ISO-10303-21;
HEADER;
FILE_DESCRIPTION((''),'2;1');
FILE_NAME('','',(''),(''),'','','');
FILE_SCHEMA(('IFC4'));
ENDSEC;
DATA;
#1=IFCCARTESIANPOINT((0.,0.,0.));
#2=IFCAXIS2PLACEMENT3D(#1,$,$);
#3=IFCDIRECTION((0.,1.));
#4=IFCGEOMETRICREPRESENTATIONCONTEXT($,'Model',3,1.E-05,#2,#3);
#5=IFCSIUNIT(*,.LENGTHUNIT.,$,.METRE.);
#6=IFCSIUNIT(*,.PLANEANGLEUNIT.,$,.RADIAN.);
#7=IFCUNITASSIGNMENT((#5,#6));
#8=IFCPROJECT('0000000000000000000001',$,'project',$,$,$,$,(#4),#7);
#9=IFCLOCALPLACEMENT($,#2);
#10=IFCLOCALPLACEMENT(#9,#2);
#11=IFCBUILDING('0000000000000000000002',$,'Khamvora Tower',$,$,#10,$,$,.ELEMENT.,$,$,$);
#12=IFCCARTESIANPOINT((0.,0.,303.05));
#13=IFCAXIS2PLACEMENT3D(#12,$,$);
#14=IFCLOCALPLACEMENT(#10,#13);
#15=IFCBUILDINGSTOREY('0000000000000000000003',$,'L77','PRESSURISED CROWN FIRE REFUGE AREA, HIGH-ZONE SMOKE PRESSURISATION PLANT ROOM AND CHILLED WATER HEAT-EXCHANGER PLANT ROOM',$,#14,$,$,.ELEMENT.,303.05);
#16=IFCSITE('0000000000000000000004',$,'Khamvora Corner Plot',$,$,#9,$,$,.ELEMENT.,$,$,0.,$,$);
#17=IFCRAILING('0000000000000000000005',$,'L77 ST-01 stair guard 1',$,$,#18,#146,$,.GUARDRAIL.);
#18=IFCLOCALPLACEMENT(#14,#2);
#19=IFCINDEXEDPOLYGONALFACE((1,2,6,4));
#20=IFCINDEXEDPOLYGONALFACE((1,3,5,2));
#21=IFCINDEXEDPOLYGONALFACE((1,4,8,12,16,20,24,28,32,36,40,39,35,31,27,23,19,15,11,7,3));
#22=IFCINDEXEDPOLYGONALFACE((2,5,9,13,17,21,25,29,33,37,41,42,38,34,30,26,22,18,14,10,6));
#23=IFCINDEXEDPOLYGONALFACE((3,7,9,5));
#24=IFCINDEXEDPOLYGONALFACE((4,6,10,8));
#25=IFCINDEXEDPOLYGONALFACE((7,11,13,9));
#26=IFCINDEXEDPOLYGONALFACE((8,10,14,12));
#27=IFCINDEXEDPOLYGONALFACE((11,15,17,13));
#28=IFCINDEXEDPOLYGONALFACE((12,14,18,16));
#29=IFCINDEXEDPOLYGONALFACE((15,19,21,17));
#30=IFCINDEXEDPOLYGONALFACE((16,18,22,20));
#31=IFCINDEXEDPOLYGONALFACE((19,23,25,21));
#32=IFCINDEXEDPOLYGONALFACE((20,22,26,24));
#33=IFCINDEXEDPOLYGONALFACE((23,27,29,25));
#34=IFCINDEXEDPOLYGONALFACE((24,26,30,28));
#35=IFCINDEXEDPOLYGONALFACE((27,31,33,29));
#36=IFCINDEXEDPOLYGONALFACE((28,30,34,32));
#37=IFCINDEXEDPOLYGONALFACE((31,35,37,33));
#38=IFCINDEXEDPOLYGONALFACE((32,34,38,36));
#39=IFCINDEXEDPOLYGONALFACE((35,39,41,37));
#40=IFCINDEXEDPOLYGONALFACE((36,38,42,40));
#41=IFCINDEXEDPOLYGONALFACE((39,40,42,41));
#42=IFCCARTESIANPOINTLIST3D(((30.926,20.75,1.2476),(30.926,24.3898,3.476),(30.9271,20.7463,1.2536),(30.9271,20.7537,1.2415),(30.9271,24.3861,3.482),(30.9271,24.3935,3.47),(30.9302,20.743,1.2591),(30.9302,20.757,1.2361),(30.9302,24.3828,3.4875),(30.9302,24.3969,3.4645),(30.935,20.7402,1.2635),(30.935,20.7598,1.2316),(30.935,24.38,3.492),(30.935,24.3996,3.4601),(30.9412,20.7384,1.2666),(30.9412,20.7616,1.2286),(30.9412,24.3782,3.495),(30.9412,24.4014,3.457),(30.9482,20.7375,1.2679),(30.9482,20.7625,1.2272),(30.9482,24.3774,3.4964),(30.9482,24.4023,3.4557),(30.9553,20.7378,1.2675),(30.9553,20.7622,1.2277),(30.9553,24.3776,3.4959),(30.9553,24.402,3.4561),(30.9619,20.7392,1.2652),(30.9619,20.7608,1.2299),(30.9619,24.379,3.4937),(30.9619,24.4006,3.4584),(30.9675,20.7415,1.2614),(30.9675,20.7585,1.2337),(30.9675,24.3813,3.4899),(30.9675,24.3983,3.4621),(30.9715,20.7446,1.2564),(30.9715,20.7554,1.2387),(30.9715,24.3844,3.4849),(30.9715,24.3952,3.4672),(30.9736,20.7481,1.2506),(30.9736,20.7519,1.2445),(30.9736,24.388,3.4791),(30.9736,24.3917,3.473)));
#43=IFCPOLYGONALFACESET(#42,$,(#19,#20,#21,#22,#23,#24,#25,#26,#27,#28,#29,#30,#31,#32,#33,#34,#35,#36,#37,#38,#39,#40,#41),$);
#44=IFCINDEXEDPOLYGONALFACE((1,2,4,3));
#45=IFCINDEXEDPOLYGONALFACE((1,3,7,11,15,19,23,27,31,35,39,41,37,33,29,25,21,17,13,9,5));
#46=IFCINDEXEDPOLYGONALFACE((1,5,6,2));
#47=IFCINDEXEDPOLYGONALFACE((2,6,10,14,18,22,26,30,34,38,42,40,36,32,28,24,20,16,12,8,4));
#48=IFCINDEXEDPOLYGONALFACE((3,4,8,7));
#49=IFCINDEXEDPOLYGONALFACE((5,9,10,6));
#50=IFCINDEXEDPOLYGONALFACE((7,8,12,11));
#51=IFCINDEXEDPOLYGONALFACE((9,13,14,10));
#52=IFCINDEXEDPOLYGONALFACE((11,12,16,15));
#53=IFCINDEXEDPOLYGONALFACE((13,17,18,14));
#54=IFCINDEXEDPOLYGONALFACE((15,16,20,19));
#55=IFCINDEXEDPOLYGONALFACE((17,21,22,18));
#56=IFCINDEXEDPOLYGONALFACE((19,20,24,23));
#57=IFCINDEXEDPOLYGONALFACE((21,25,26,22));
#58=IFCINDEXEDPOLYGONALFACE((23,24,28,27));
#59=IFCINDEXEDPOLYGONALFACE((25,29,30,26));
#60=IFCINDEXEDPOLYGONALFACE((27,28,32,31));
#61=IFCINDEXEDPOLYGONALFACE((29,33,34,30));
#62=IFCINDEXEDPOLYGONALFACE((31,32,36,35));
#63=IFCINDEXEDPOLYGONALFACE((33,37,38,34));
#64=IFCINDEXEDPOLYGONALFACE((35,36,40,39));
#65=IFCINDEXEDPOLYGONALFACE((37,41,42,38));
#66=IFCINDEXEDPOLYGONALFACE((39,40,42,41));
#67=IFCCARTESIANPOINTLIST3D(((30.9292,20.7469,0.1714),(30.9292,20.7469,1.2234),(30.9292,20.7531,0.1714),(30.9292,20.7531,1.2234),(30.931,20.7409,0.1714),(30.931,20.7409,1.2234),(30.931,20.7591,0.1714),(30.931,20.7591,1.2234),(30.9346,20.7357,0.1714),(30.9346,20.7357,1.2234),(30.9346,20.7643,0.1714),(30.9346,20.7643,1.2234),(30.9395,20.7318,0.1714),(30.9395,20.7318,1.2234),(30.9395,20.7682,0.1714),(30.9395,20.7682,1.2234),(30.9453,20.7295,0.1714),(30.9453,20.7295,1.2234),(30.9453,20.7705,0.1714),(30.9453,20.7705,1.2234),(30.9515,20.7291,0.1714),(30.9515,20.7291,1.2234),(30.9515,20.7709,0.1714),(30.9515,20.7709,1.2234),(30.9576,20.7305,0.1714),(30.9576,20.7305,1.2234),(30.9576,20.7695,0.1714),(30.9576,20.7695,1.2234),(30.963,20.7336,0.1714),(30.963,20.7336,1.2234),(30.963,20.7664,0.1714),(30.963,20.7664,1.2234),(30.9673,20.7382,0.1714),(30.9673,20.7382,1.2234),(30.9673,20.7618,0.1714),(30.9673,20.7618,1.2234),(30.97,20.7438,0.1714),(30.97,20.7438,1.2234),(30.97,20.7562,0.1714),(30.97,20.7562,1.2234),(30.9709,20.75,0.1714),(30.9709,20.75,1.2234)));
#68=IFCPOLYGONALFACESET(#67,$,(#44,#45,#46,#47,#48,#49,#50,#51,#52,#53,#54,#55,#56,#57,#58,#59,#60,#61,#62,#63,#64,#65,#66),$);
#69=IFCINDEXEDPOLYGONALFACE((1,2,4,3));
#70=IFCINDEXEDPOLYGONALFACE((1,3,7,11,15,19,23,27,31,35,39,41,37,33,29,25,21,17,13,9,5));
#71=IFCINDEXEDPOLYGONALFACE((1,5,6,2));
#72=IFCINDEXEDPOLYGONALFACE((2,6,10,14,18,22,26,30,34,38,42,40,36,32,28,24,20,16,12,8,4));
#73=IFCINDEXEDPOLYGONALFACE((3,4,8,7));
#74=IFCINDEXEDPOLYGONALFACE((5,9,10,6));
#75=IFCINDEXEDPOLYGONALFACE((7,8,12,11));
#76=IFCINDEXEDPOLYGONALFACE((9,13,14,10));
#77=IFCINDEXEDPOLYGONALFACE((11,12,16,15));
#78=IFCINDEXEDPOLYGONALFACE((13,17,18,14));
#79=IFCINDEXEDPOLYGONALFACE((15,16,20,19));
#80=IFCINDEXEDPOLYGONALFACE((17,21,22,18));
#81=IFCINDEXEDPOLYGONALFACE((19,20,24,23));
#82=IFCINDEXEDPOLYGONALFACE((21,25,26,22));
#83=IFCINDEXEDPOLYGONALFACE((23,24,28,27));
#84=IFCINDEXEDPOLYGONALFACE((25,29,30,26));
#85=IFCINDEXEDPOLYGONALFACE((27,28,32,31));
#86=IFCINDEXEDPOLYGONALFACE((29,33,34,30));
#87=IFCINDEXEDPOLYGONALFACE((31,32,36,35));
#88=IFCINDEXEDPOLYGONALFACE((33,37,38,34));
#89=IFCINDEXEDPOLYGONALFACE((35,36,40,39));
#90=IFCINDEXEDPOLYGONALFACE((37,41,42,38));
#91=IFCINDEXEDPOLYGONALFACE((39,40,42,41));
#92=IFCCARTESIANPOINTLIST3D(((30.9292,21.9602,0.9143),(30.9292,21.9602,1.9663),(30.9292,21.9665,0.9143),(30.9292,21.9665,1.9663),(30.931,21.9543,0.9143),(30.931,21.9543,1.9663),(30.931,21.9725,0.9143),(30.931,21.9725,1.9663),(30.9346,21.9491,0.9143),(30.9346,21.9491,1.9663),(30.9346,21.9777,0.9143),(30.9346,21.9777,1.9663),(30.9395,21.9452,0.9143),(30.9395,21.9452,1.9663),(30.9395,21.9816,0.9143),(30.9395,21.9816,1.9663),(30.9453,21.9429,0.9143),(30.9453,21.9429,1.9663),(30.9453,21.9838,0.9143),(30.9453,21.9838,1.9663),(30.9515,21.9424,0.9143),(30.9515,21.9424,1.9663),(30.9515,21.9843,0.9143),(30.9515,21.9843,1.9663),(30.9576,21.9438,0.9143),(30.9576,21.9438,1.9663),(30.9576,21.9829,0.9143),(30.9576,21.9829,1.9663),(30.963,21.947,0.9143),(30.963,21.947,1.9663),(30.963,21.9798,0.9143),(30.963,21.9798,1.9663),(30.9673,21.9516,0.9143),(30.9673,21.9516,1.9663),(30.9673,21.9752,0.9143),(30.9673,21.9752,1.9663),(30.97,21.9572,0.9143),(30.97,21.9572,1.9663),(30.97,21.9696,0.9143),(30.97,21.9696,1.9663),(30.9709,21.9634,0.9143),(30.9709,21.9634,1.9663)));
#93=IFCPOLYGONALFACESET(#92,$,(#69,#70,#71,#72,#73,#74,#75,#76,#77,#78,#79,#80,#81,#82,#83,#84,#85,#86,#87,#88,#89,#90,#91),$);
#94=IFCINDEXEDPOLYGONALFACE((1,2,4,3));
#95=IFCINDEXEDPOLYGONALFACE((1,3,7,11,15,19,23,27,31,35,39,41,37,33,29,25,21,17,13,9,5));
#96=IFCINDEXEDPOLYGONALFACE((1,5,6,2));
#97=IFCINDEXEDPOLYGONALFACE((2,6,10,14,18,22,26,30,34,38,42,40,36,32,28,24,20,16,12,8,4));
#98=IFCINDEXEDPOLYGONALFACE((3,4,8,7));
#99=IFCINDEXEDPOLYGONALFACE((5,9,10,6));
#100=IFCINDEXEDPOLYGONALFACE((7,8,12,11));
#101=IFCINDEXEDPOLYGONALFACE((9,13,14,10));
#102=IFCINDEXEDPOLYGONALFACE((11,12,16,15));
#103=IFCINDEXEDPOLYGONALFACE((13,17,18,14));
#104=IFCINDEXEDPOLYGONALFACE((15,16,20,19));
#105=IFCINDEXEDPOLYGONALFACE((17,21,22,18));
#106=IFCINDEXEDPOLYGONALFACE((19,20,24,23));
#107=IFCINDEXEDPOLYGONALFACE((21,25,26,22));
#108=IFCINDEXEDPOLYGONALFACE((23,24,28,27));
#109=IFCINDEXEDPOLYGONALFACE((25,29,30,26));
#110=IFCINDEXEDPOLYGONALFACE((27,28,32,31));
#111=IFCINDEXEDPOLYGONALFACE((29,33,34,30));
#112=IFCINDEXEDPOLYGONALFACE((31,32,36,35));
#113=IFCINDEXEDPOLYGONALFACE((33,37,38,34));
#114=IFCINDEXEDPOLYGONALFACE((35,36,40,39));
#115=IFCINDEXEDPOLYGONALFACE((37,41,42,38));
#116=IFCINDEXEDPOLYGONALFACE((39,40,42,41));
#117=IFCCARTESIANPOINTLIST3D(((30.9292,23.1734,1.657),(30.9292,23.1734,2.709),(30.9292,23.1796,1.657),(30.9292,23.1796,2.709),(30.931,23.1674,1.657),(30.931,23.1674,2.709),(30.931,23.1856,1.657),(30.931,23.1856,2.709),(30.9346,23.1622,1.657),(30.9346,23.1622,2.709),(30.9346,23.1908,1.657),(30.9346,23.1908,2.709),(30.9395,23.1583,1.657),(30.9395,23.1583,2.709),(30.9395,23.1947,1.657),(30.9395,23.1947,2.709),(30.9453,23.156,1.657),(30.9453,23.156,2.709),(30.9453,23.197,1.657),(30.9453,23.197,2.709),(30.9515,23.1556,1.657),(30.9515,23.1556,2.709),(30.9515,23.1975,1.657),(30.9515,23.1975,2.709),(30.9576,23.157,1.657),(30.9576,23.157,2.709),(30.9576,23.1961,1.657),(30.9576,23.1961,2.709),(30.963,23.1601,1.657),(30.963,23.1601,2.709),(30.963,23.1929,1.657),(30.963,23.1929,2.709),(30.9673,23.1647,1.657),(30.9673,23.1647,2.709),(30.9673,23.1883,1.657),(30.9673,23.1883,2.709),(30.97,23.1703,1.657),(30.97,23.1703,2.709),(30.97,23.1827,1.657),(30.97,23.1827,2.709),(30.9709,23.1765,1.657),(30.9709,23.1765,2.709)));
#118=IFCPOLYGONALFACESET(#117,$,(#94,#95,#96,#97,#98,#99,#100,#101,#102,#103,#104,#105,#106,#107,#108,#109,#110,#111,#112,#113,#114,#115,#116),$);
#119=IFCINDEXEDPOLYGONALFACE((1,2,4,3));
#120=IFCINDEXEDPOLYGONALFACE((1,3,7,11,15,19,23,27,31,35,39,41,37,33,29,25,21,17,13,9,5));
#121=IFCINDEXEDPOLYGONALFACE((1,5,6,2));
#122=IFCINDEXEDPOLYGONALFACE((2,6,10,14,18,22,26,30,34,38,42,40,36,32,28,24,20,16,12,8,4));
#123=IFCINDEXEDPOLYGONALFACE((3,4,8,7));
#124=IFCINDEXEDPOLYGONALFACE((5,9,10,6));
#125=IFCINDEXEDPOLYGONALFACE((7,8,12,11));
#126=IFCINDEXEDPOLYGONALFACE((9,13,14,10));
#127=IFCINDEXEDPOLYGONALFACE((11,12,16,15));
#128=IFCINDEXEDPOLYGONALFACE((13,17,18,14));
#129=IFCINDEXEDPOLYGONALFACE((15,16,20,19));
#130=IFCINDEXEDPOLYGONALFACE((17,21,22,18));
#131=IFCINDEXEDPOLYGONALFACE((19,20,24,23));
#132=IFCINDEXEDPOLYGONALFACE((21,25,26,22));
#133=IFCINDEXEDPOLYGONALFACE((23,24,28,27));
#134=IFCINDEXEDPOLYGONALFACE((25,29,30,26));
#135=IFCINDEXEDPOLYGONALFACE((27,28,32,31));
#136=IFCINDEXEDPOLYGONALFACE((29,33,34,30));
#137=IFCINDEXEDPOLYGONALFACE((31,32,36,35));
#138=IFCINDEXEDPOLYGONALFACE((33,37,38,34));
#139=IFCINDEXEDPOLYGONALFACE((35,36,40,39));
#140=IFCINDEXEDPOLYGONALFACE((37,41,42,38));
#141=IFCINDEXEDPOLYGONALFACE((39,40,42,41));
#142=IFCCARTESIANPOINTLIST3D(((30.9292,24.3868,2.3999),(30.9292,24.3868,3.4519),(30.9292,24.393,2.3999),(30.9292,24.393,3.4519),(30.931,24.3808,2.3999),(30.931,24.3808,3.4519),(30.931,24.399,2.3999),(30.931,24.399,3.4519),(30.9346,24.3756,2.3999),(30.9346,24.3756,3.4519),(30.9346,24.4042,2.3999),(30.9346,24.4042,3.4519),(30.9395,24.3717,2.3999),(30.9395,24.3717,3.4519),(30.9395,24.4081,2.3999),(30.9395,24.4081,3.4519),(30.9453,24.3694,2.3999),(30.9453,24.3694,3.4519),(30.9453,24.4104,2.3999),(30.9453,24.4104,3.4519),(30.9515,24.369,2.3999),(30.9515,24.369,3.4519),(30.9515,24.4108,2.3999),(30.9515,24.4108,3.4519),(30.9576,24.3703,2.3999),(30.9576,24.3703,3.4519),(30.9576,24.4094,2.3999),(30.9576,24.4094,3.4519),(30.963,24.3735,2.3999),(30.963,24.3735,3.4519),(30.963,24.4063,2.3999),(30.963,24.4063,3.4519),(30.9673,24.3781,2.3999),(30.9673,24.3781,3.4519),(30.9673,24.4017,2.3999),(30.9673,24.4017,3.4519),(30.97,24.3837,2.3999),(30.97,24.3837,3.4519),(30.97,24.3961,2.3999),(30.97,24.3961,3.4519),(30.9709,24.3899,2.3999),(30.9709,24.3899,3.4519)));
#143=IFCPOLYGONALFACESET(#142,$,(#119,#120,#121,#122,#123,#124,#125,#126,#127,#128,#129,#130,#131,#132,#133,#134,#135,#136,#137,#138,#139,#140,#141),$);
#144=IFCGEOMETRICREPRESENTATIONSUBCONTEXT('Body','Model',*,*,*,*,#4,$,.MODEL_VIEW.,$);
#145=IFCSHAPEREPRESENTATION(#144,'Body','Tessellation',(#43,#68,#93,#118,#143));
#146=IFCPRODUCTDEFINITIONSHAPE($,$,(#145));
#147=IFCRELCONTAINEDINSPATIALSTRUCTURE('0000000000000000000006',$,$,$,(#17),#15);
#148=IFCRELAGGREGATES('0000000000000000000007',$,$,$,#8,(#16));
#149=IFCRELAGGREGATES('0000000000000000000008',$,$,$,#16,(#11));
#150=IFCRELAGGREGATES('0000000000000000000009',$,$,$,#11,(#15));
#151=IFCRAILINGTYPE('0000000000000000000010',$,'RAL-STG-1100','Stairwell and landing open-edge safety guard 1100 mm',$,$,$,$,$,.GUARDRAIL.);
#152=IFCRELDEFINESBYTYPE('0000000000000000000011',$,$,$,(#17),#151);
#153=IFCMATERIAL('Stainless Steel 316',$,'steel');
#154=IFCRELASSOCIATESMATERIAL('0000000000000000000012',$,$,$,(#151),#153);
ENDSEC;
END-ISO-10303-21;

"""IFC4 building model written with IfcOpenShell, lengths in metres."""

from ifc_helpers import new_model, si_unit, direction, frame, origin, origin_2d, place, context, subcontext, project, spatial, circle, extrude, material, type_object, element, save


model = new_model("IFC4")

# Units and contexts
model_context = context("Model", 3, precision=1e-05, world=origin(), true_north=direction((0.0, 1.0)))
body_context = subcontext(model_context, "Body", "Model", "MODEL_VIEW")
ifc_project = project(units=[si_unit("LENGTHUNIT", "METRE"), si_unit("PLANEANGLEUNIT", "RADIAN")], contexts=[model_context])

# Site, building, storey
site_placement = place(None, origin())
site = spatial("IfcSite", under=ifc_project, at=site_placement, Name="Khamvora Corner Plot", CompositionType="ELEMENT", RefElevation=0.0)
building_placement = place(site_placement, origin())
building = spatial("IfcBuilding", under=site, at=building_placement, Name="Khamvora Tower", CompositionType="ELEMENT")
storey_placement = place(building_placement, frame((0.0, 0.0, 303.05)))
storey = spatial("IfcBuildingStorey", under=building, at=storey_placement, Name="L77", Description="PRESSURISED CROWN FIRE REFUGE AREA, HIGH-ZONE SMOKE PRESSURISATION PLANT ROOM AND CHILLED WATER HEAT-EXCHANGER PLANT ROOM", CompositionType="ELEMENT", Elevation=303.05)

# Railing
ifc_material_1 = material(Name="Stainless Steel 316", Category="steel")
railing_type_1 = type_object("IfcRailingType", Name="RAL-STG-1100", Description="Stairwell and landing open-edge safety guard 1100 mm", PredefinedType="GUARDRAIL", material=ifc_material_1)
railing_1_placement = place(storey_placement, frame((30.95, 20.75, 0.1714)))
element("IfcRailing", 1, at=railing_1_placement, inside=storey, type_object=railing_type_1, Name="L77 ST-01 stair guard 1", PredefinedType="GUARDRAIL", context=body_context, shape_type="SweptSolid", body=[
    extrude(circle(Radius=0.0239, at=origin_2d()), frame((0.0, 0.0, 1.0762), z_axis=(0.0, 0.85285, 0.522156), x_axis=(-1.0, 0.0, 0.0)), (0.0, 0.0, 1.0), 4.2678),
    extrude(circle(Radius=0.021, at=origin_2d()), origin(), (0.0, 0.0, 1.0), 1.052),
    extrude(circle(Radius=0.021, at=origin_2d()), frame((0.0, 1.2134, 0.7429)), (0.0, 0.0, 1.0), 1.052),
    extrude(circle(Radius=0.021, at=origin_2d()), frame((0.0, 2.4265, 1.4856)), (0.0, 0.0, 1.0), 1.052),
    extrude(circle(Radius=0.021, at=origin_2d()), frame((0.0, 3.6399, 2.2285)), (0.0, 0.0, 1.0), 1.052),
])

save(model, "model.ifc")
